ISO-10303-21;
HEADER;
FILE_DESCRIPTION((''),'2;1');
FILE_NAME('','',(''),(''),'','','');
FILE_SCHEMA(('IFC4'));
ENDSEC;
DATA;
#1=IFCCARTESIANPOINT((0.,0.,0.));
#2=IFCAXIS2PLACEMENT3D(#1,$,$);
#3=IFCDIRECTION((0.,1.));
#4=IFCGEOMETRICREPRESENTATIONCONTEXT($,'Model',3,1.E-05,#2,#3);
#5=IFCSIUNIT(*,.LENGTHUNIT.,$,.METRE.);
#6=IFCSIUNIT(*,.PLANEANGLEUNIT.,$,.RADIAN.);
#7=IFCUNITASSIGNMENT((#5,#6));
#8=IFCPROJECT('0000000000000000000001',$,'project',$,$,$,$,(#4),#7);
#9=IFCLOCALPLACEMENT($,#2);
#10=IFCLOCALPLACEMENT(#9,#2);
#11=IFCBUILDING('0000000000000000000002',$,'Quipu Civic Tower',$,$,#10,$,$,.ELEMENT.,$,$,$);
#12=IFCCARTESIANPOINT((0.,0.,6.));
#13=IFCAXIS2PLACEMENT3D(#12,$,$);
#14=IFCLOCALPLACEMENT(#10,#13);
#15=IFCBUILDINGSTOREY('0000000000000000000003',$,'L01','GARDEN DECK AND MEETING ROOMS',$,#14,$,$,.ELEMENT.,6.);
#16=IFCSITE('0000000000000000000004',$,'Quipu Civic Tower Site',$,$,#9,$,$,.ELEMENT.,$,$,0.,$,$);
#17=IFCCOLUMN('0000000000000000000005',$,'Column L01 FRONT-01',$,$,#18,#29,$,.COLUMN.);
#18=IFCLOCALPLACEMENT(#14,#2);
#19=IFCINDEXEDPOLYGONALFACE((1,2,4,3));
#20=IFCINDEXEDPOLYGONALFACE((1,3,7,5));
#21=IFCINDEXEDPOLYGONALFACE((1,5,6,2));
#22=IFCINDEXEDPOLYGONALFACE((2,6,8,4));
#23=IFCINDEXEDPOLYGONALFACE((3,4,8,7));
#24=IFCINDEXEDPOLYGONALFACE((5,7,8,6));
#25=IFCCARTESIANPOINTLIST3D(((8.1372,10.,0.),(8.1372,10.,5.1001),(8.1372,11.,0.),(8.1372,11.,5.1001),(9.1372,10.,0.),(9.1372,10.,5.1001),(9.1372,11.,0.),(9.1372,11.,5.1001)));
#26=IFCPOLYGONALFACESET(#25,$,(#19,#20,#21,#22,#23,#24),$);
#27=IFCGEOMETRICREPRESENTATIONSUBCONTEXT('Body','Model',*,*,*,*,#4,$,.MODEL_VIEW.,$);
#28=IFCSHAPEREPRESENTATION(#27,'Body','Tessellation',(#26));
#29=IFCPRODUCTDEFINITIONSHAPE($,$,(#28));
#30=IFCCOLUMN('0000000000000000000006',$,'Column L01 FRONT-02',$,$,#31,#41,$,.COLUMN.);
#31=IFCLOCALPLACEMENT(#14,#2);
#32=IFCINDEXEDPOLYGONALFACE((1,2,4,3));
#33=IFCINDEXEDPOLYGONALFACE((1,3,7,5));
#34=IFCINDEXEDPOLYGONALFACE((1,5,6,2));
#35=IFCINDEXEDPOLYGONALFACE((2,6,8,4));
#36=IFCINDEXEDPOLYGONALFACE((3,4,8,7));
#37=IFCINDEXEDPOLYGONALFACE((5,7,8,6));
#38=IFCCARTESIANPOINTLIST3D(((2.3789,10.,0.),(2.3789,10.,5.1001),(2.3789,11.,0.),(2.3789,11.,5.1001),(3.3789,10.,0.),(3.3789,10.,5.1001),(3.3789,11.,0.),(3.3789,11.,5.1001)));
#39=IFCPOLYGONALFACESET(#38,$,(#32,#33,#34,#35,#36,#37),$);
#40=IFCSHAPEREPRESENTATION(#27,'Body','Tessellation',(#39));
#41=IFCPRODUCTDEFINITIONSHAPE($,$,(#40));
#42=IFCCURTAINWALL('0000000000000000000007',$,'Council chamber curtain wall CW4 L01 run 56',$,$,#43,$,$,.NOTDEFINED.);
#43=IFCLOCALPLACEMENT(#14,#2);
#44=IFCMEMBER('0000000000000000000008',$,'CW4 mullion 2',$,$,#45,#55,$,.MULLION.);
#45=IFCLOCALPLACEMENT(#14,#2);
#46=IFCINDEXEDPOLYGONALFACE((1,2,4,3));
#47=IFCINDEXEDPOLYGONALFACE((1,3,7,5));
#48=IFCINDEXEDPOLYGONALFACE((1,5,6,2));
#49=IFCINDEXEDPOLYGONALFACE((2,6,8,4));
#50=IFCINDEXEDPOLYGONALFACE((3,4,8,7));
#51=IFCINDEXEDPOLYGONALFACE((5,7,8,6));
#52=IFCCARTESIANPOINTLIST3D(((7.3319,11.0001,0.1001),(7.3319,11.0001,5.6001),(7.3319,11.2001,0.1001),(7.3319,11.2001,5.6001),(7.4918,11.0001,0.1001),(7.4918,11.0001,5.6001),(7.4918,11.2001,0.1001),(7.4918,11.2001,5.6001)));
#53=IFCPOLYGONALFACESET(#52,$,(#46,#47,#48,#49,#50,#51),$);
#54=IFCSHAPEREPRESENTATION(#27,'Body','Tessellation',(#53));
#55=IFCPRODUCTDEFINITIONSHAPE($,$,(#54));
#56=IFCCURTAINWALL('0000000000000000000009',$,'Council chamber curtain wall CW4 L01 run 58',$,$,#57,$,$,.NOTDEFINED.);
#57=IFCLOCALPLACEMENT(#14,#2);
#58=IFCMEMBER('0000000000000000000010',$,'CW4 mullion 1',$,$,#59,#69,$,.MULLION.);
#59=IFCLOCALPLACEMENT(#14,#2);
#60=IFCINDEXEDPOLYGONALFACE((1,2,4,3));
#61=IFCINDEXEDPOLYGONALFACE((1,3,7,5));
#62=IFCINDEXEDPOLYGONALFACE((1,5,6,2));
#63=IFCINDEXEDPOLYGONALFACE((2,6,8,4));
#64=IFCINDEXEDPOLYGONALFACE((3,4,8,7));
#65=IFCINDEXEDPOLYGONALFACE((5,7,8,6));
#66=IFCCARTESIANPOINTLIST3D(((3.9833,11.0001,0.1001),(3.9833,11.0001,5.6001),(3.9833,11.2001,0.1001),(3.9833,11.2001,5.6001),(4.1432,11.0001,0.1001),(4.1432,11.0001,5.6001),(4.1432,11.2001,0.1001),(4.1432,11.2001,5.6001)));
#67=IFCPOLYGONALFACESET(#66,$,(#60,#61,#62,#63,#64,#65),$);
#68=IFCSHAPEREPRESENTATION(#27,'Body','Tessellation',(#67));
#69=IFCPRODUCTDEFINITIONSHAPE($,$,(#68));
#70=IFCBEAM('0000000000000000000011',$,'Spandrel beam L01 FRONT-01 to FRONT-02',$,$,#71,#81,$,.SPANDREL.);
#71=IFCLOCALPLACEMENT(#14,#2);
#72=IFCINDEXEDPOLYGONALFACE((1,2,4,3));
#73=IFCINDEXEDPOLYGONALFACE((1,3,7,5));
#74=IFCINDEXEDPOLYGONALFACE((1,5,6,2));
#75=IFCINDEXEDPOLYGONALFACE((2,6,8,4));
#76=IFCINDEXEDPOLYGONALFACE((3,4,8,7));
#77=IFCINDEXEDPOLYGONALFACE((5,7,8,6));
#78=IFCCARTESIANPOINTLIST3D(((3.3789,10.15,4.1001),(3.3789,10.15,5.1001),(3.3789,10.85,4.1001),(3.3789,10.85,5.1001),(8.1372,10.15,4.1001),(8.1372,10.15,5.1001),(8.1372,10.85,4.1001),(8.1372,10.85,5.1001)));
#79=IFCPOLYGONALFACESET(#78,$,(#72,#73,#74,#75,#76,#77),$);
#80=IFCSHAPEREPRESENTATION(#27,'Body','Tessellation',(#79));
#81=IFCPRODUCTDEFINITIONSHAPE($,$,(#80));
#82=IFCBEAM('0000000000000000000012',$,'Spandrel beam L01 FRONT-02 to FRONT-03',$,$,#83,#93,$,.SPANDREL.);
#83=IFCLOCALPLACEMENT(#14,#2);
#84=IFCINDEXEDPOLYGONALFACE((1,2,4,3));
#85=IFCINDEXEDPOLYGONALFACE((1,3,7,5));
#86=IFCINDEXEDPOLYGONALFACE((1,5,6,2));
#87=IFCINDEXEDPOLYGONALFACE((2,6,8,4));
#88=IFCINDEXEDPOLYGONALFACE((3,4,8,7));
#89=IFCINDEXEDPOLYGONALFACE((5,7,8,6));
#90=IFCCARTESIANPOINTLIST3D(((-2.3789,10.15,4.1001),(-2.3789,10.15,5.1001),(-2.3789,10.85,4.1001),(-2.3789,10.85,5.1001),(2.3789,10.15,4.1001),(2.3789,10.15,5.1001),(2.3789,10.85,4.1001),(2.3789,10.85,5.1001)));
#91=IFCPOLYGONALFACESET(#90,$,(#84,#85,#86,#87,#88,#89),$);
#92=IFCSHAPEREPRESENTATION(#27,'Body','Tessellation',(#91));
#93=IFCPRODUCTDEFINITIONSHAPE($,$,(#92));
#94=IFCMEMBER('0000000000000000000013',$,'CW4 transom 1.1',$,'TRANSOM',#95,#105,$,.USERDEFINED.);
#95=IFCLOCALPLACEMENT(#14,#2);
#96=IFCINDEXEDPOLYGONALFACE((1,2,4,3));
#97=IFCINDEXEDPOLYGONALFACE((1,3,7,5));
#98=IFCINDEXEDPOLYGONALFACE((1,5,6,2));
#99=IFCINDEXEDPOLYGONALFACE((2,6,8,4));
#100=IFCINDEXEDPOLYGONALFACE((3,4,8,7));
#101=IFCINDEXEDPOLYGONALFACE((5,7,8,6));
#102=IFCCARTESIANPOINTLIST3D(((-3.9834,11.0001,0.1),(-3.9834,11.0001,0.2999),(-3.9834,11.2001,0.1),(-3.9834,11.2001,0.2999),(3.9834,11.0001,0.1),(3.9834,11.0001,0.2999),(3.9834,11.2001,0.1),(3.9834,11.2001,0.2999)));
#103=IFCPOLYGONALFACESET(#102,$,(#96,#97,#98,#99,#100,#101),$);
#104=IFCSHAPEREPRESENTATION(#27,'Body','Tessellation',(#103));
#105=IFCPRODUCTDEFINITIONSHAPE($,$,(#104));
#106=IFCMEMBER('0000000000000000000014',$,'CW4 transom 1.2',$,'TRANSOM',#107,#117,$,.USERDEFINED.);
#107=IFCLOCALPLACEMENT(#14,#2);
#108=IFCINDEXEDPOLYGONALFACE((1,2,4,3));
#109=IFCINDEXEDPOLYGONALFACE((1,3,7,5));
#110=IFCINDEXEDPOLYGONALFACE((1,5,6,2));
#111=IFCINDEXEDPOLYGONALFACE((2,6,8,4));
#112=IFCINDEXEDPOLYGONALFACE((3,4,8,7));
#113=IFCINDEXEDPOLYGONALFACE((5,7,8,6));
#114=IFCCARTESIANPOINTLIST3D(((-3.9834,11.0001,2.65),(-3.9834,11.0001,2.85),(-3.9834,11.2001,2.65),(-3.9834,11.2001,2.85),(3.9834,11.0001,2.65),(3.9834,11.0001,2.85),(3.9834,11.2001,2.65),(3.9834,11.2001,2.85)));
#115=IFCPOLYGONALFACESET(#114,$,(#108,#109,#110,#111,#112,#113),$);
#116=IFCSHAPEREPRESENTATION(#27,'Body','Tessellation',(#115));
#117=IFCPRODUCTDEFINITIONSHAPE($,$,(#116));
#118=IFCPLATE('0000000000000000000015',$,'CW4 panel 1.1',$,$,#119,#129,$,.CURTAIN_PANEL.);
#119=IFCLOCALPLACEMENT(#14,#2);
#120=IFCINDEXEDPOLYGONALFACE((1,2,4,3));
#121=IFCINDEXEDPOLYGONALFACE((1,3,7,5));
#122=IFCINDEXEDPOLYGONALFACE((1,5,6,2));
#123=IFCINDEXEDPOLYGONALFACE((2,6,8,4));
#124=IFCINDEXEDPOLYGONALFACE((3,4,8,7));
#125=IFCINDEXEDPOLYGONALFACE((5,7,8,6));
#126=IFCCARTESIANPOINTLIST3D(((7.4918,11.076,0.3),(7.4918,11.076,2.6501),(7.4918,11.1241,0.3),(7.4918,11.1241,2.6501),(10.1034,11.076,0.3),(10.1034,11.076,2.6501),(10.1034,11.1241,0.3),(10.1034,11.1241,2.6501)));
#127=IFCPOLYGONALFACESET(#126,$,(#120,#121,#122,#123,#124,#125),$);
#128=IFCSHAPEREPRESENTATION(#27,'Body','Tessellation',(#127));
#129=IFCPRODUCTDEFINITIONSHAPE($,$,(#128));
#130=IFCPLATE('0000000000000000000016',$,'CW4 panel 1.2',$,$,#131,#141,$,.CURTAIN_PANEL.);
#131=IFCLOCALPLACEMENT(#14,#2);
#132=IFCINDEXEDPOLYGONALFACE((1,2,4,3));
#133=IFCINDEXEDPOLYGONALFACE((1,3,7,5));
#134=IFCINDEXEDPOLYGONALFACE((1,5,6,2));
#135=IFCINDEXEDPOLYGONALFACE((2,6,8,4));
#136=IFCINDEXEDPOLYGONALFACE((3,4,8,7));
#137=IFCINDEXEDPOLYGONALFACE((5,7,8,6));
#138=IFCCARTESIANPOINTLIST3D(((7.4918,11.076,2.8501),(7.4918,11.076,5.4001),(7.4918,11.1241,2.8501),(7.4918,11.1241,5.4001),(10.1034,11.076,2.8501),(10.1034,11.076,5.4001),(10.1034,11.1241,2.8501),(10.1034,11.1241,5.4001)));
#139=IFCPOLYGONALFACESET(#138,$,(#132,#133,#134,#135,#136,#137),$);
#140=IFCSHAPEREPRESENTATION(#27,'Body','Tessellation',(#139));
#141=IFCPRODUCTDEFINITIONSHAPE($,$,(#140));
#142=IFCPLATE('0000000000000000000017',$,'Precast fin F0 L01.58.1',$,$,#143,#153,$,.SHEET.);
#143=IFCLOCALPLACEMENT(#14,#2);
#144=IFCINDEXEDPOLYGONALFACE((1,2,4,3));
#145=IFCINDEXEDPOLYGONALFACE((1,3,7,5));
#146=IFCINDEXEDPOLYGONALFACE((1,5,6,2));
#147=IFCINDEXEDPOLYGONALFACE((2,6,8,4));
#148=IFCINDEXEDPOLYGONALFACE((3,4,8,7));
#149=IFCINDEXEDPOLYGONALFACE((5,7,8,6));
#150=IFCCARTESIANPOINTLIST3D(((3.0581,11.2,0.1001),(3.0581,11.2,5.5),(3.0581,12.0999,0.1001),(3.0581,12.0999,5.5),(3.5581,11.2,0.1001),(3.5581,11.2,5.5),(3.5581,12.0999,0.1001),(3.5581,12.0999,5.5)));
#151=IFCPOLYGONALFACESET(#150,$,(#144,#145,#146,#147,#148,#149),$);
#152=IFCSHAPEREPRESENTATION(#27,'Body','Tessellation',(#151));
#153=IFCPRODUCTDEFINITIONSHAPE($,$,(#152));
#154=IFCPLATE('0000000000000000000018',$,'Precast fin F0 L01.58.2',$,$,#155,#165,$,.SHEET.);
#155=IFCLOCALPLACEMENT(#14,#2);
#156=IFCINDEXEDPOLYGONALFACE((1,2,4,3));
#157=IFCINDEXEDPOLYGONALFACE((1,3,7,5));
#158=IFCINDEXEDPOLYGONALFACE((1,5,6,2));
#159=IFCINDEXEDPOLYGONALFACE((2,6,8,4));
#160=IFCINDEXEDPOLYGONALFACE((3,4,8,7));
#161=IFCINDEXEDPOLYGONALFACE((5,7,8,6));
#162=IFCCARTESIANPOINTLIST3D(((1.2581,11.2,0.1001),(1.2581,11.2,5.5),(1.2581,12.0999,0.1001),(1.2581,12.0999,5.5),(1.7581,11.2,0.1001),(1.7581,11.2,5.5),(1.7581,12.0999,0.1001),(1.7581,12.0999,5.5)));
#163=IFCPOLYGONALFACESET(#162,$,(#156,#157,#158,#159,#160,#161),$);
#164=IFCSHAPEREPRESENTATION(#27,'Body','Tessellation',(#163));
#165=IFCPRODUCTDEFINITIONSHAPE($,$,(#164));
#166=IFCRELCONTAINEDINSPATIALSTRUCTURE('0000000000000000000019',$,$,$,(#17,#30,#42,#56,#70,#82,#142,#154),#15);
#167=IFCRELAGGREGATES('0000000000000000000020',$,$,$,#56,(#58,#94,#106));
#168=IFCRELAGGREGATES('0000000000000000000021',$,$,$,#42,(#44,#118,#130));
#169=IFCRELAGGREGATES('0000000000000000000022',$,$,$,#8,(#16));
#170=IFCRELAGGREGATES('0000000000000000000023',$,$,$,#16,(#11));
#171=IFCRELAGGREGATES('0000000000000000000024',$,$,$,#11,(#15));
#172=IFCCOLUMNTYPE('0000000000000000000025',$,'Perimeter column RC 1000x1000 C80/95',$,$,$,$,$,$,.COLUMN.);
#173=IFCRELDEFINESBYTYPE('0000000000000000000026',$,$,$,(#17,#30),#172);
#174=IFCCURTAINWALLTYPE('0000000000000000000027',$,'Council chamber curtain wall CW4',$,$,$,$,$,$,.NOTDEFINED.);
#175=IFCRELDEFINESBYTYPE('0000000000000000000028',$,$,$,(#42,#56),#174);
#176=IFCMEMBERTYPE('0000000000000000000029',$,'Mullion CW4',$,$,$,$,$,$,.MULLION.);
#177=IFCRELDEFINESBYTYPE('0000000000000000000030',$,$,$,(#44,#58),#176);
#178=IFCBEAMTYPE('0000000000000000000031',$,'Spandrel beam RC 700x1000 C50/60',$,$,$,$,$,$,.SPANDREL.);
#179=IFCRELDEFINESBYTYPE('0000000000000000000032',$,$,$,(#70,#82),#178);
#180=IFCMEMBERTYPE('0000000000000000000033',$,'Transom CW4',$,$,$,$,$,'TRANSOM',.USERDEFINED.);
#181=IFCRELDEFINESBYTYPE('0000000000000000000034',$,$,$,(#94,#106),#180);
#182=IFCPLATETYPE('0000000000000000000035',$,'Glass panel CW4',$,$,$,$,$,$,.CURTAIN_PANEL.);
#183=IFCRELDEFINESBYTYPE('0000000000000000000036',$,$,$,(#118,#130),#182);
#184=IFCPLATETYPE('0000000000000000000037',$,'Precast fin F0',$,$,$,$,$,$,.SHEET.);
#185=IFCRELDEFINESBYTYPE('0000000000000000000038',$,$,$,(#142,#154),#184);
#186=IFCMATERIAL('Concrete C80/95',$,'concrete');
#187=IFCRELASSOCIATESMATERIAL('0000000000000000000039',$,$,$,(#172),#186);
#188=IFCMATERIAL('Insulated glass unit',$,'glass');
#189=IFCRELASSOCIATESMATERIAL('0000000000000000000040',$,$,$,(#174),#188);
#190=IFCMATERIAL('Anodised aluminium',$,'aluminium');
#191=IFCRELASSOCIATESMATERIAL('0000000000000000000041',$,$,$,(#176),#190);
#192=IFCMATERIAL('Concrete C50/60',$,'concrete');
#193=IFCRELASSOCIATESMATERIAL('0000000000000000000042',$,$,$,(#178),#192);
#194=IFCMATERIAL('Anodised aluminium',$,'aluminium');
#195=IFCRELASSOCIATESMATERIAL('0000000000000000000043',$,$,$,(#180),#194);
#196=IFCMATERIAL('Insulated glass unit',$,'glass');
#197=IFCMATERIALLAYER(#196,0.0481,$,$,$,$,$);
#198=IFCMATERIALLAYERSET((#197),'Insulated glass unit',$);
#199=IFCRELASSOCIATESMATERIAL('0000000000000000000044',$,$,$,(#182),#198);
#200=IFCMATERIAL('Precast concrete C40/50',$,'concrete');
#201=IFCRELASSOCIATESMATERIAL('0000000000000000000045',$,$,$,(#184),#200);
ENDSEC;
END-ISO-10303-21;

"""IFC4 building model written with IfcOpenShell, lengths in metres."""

from ifc_helpers import new_model, si_unit, direction, frame, origin, origin_2d, place, context, subcontext, project, spatial, rectangle, extrude, material, layer, layer_set, material_profile, profile_set, type_object, element, aggregate, save


model = new_model("IFC4")

# Units and contexts
model_context = context("Model", 3, precision=1e-05, world=origin(), true_north=direction((0.0, 1.0)))
body_context = subcontext(model_context, "Body", "Model", "MODEL_VIEW")
ifc_project = project(units=[si_unit("LENGTHUNIT", "METRE"), si_unit("PLANEANGLEUNIT", "RADIAN")], contexts=[model_context])

# Site, building, storey
site_placement = place(None, origin())
site = spatial("IfcSite", under=ifc_project, at=site_placement, Name="Quipu Civic Tower Site", CompositionType="ELEMENT", RefElevation=0.0)
building_placement = place(site_placement, origin())
building = spatial("IfcBuilding", under=site, at=building_placement, Name="Quipu Civic Tower", CompositionType="ELEMENT")
storey_placement = place(building_placement, frame((0.0, 0.0, 6.0)))
storey = spatial("IfcBuildingStorey", under=building, at=storey_placement, Name="L01", Description="GARDEN DECK AND MEETING ROOMS", CompositionType="ELEMENT", Elevation=6.0)

# Columns
ifc_material_1 = material(Name="Concrete C80/95", Category="concrete")
ifc_material_profile_1 = material_profile(ifc_material_1, rectangle(XDim=1.0, YDim=1.0, at=origin_2d()), Name="RC1000x1000")
ifc_profile_set_1 = profile_set([ifc_material_profile_1], Name="Concrete C80/95")
column_type = type_object("IfcColumnType", Name="Perimeter column RC 1000x1000 C80/95", PredefinedType="COLUMN", material=ifc_profile_set_1)
for number, where, z_axis, x_axis, name in (
    (1, (8.6372, 10.5, 0.0), (0.0, 0.0, 1.0), (-1.0, 0.0, 0.0), "Column L01 FRONT-01"),
    (2, (2.8789, 10.5, 0.0), (0.0, 0.0, 1.0), (-1.0, 0.0, 0.0), "Column L01 FRONT-02"),
):
    element("IfcColumn", number, at=place(storey_placement, frame(where, z_axis=z_axis, x_axis=x_axis)), inside=storey, type_object=column_type, Name=name, PredefinedType="COLUMN", context=body_context, shape_type="SweptSolid", body=[
        extrude(rectangle(XDim=1.0, YDim=1.0, at=origin_2d()), origin(), (0.0, 0.0, 1.0), 5.1001),
    ])

# Curtain walls, members
ifc_material_2 = material(Name="Insulated glass unit", Category="glass")
curtain_wall_type = type_object("IfcCurtainWallType", Name="Council chamber curtain wall CW4", PredefinedType="NOTDEFINED", material=ifc_material_2)
curtain_wall_1_placement = place(storey_placement, origin())
curtain_wall_1 = element("IfcCurtainWall", 3, at=curtain_wall_1_placement, inside=storey, type_object=curtain_wall_type, Name="Council chamber curtain wall CW4 L01 run 56", PredefinedType="NOTDEFINED")
ifc_material_3 = material(Name="Anodised aluminium", Category="aluminium")
ifc_material_profile_2 = material_profile(ifc_material_3, rectangle(XDim=0.2, YDim=0.1599, at=origin_2d()), Name="RECT 200x160")
ifc_profile_set_2 = profile_set([ifc_material_profile_2], Name="Anodised aluminium")
member_type_1 = type_object("IfcMemberType", Name="Mullion CW4", PredefinedType="MULLION", material=ifc_profile_set_2)
member_1_placement = place(storey_placement, frame((7.4119, 11.1001, 0.1001), z_axis=(0.0, 0.0, 1.0), x_axis=(0.0, -1.0, 0.0)))
member_1 = element("IfcMember", 4, at=member_1_placement, type_object=member_type_1, Name="CW4 mullion 2", PredefinedType="MULLION", context=body_context, shape_type="SweptSolid", body=[
    extrude(rectangle(XDim=0.2, YDim=0.1599, at=origin_2d()), origin(), (0.0, 0.0, 1.0), 5.5),
])
curtain_wall_2_placement = place(storey_placement, origin())
curtain_wall_2 = element("IfcCurtainWall", 5, at=curtain_wall_2_placement, inside=storey, type_object=curtain_wall_type, Name="Council chamber curtain wall CW4 L01 run 58", PredefinedType="NOTDEFINED")
member_2_placement = place(storey_placement, frame((4.0632, 11.1001, 0.1001), z_axis=(0.0, 0.0, 1.0), x_axis=(0.0, -1.0, 0.0)))
member_2 = element("IfcMember", 6, at=member_2_placement, type_object=member_type_1, Name="CW4 mullion 1", PredefinedType="MULLION", context=body_context, shape_type="SweptSolid", body=[
    extrude(rectangle(XDim=0.2, YDim=0.1599, at=origin_2d()), origin(), (0.0, 0.0, 1.0), 5.5),
])

# Beams
ifc_material_4 = material(Name="Concrete C50/60", Category="concrete")
ifc_material_profile_3 = material_profile(ifc_material_4, rectangle(XDim=0.7, YDim=1.0, at=origin_2d()), Name="RC700x1000")
ifc_profile_set_3 = profile_set([ifc_material_profile_3], Name="Concrete C50/60")
beam_type = type_object("IfcBeamType", Name="Spandrel beam RC 700x1000 C50/60", PredefinedType="SPANDREL", material=ifc_profile_set_3)
beam_1_placement = place(storey_placement, frame((8.1372, 10.5, 4.6001), z_axis=(-1.0, 0.0, 0.0), x_axis=(0.0, -1.0, 0.0)))
element("IfcBeam", 7, at=beam_1_placement, inside=storey, type_object=beam_type, Name="Spandrel beam L01 FRONT-01 to FRONT-02", PredefinedType="SPANDREL", context=body_context, shape_type="SweptSolid", body=[
    extrude(rectangle(XDim=0.7, YDim=1.0, at=origin_2d()), origin(), (0.0, 0.0, 1.0), 4.7583),
])
beam_2_placement = place(storey_placement, frame((2.3789, 10.5, 4.6001), z_axis=(-1.0, 0.0, 0.0), x_axis=(0.0, -1.0, 0.0)))
element("IfcBeam", 8, at=beam_2_placement, inside=storey, type_object=beam_type, Name="Spandrel beam L01 FRONT-02 to FRONT-03", PredefinedType="SPANDREL", context=body_context, shape_type="SweptSolid", body=[
    extrude(rectangle(XDim=0.7, YDim=1.0, at=origin_2d()), origin(), (0.0, 0.0, 1.0), 4.7578),
])

# Members
ifc_material_5 = material(Name="Anodised aluminium", Category="aluminium")
ifc_material_profile_4 = material_profile(ifc_material_5, rectangle(XDim=0.2, YDim=0.2, at=origin_2d()), Name="RECT 200x200")
ifc_profile_set_4 = profile_set([ifc_material_profile_4], Name="Anodised aluminium")
member_type_2 = type_object("IfcMemberType", Name="Transom CW4", ElementType="TRANSOM", PredefinedType="USERDEFINED", material=ifc_profile_set_4)
member_3_placement = place(storey_placement, frame((3.9834, 11.1001, 0.2), z_axis=(-1.0, 0.0, 0.0), x_axis=(0.0, -1.0, 0.0)))
member_3 = element("IfcMember", 9, at=member_3_placement, type_object=member_type_2, Name="CW4 transom 1.1", ObjectType="TRANSOM", PredefinedType="USERDEFINED", context=body_context, shape_type="SweptSolid", body=[
    extrude(rectangle(XDim=0.2, YDim=0.2, at=origin_2d()), origin(), (0.0, 0.0, 1.0), 7.9668),
])
member_4_placement = place(storey_placement, frame((3.9834, 11.1001, 2.75), z_axis=(-1.0, 0.0, 0.0), x_axis=(0.0, -1.0, 0.0)))
member_4 = element("IfcMember", 10, at=member_4_placement, type_object=member_type_2, Name="CW4 transom 1.2", ObjectType="TRANSOM", PredefinedType="USERDEFINED", context=body_context, shape_type="SweptSolid", body=[
    extrude(rectangle(XDim=0.2, YDim=0.2, at=origin_2d()), origin(), (0.0, 0.0, 1.0), 7.9668),
])
aggregate(curtain_wall_2, [member_2, member_3, member_4])

# Plates
ifc_material_6 = material(Name="Insulated glass unit", Category="glass")
ifc_layer_1 = layer(ifc_material_6, 0.0481)
ifc_layer_set_1 = layer_set([ifc_layer_1], Name="Insulated glass unit")
plate_type_1 = type_object("IfcPlateType", Name="Glass panel CW4", PredefinedType="CURTAIN_PANEL", material=ifc_layer_set_1)
plate_1_placement = place(storey_placement, frame((8.7976, 11.1001, 0.3), z_axis=(0.0, 0.0, 1.0), x_axis=(-1.0, 0.0, 0.0)))
plate_1 = element("IfcPlate", 11, at=plate_1_placement, type_object=plate_type_1, Name="CW4 panel 1.1", PredefinedType="CURTAIN_PANEL", context=body_context, shape_type="SweptSolid", body=[
    extrude(rectangle(XDim=2.6116, YDim=0.0481, at=origin_2d()), origin(), (0.0, 0.0, 1.0), 2.3501),
])
plate_2_placement = place(storey_placement, frame((8.7976, 11.1001, 2.8501), z_axis=(0.0, 0.0, 1.0), x_axis=(-1.0, 0.0, 0.0)))
plate_2 = element("IfcPlate", 12, at=plate_2_placement, type_object=plate_type_1, Name="CW4 panel 1.2", PredefinedType="CURTAIN_PANEL", context=body_context, shape_type="SweptSolid", body=[
    extrude(rectangle(XDim=2.6116, YDim=0.0481, at=origin_2d()), origin(), (0.0, 0.0, 1.0), 2.55),
])
aggregate(curtain_wall_1, [member_1, plate_1, plate_2])

# Plates
ifc_material_7 = material(Name="Precast concrete C40/50", Category="concrete")
plate_type_2 = type_object("IfcPlateType", Name="Precast fin F0", PredefinedType="SHEET", material=ifc_material_7)
for number, where, z_axis, x_axis, name in (
    (13, (3.3081, 11.6499, 0.1001), (0.0, 0.0, 1.0), (-1.0, 0.0, 0.0), "Precast fin F0 L01.58.1"),
    (14, (1.5081, 11.6499, 0.1001), (0.0, 0.0, 1.0), (-1.0, 0.0, 0.0), "Precast fin F0 L01.58.2"),
):
    element("IfcPlate", number, at=place(storey_placement, frame(where, z_axis=z_axis, x_axis=x_axis)), inside=storey, type_object=plate_type_2, Name=name, PredefinedType="SHEET", context=body_context, shape_type="SweptSolid", body=[
        extrude(rectangle(XDim=0.5, YDim=0.8999, at=origin_2d()), origin(), (0.0, 0.0, 1.0), 5.3999),
    ])

save(model, "model.ifc")
